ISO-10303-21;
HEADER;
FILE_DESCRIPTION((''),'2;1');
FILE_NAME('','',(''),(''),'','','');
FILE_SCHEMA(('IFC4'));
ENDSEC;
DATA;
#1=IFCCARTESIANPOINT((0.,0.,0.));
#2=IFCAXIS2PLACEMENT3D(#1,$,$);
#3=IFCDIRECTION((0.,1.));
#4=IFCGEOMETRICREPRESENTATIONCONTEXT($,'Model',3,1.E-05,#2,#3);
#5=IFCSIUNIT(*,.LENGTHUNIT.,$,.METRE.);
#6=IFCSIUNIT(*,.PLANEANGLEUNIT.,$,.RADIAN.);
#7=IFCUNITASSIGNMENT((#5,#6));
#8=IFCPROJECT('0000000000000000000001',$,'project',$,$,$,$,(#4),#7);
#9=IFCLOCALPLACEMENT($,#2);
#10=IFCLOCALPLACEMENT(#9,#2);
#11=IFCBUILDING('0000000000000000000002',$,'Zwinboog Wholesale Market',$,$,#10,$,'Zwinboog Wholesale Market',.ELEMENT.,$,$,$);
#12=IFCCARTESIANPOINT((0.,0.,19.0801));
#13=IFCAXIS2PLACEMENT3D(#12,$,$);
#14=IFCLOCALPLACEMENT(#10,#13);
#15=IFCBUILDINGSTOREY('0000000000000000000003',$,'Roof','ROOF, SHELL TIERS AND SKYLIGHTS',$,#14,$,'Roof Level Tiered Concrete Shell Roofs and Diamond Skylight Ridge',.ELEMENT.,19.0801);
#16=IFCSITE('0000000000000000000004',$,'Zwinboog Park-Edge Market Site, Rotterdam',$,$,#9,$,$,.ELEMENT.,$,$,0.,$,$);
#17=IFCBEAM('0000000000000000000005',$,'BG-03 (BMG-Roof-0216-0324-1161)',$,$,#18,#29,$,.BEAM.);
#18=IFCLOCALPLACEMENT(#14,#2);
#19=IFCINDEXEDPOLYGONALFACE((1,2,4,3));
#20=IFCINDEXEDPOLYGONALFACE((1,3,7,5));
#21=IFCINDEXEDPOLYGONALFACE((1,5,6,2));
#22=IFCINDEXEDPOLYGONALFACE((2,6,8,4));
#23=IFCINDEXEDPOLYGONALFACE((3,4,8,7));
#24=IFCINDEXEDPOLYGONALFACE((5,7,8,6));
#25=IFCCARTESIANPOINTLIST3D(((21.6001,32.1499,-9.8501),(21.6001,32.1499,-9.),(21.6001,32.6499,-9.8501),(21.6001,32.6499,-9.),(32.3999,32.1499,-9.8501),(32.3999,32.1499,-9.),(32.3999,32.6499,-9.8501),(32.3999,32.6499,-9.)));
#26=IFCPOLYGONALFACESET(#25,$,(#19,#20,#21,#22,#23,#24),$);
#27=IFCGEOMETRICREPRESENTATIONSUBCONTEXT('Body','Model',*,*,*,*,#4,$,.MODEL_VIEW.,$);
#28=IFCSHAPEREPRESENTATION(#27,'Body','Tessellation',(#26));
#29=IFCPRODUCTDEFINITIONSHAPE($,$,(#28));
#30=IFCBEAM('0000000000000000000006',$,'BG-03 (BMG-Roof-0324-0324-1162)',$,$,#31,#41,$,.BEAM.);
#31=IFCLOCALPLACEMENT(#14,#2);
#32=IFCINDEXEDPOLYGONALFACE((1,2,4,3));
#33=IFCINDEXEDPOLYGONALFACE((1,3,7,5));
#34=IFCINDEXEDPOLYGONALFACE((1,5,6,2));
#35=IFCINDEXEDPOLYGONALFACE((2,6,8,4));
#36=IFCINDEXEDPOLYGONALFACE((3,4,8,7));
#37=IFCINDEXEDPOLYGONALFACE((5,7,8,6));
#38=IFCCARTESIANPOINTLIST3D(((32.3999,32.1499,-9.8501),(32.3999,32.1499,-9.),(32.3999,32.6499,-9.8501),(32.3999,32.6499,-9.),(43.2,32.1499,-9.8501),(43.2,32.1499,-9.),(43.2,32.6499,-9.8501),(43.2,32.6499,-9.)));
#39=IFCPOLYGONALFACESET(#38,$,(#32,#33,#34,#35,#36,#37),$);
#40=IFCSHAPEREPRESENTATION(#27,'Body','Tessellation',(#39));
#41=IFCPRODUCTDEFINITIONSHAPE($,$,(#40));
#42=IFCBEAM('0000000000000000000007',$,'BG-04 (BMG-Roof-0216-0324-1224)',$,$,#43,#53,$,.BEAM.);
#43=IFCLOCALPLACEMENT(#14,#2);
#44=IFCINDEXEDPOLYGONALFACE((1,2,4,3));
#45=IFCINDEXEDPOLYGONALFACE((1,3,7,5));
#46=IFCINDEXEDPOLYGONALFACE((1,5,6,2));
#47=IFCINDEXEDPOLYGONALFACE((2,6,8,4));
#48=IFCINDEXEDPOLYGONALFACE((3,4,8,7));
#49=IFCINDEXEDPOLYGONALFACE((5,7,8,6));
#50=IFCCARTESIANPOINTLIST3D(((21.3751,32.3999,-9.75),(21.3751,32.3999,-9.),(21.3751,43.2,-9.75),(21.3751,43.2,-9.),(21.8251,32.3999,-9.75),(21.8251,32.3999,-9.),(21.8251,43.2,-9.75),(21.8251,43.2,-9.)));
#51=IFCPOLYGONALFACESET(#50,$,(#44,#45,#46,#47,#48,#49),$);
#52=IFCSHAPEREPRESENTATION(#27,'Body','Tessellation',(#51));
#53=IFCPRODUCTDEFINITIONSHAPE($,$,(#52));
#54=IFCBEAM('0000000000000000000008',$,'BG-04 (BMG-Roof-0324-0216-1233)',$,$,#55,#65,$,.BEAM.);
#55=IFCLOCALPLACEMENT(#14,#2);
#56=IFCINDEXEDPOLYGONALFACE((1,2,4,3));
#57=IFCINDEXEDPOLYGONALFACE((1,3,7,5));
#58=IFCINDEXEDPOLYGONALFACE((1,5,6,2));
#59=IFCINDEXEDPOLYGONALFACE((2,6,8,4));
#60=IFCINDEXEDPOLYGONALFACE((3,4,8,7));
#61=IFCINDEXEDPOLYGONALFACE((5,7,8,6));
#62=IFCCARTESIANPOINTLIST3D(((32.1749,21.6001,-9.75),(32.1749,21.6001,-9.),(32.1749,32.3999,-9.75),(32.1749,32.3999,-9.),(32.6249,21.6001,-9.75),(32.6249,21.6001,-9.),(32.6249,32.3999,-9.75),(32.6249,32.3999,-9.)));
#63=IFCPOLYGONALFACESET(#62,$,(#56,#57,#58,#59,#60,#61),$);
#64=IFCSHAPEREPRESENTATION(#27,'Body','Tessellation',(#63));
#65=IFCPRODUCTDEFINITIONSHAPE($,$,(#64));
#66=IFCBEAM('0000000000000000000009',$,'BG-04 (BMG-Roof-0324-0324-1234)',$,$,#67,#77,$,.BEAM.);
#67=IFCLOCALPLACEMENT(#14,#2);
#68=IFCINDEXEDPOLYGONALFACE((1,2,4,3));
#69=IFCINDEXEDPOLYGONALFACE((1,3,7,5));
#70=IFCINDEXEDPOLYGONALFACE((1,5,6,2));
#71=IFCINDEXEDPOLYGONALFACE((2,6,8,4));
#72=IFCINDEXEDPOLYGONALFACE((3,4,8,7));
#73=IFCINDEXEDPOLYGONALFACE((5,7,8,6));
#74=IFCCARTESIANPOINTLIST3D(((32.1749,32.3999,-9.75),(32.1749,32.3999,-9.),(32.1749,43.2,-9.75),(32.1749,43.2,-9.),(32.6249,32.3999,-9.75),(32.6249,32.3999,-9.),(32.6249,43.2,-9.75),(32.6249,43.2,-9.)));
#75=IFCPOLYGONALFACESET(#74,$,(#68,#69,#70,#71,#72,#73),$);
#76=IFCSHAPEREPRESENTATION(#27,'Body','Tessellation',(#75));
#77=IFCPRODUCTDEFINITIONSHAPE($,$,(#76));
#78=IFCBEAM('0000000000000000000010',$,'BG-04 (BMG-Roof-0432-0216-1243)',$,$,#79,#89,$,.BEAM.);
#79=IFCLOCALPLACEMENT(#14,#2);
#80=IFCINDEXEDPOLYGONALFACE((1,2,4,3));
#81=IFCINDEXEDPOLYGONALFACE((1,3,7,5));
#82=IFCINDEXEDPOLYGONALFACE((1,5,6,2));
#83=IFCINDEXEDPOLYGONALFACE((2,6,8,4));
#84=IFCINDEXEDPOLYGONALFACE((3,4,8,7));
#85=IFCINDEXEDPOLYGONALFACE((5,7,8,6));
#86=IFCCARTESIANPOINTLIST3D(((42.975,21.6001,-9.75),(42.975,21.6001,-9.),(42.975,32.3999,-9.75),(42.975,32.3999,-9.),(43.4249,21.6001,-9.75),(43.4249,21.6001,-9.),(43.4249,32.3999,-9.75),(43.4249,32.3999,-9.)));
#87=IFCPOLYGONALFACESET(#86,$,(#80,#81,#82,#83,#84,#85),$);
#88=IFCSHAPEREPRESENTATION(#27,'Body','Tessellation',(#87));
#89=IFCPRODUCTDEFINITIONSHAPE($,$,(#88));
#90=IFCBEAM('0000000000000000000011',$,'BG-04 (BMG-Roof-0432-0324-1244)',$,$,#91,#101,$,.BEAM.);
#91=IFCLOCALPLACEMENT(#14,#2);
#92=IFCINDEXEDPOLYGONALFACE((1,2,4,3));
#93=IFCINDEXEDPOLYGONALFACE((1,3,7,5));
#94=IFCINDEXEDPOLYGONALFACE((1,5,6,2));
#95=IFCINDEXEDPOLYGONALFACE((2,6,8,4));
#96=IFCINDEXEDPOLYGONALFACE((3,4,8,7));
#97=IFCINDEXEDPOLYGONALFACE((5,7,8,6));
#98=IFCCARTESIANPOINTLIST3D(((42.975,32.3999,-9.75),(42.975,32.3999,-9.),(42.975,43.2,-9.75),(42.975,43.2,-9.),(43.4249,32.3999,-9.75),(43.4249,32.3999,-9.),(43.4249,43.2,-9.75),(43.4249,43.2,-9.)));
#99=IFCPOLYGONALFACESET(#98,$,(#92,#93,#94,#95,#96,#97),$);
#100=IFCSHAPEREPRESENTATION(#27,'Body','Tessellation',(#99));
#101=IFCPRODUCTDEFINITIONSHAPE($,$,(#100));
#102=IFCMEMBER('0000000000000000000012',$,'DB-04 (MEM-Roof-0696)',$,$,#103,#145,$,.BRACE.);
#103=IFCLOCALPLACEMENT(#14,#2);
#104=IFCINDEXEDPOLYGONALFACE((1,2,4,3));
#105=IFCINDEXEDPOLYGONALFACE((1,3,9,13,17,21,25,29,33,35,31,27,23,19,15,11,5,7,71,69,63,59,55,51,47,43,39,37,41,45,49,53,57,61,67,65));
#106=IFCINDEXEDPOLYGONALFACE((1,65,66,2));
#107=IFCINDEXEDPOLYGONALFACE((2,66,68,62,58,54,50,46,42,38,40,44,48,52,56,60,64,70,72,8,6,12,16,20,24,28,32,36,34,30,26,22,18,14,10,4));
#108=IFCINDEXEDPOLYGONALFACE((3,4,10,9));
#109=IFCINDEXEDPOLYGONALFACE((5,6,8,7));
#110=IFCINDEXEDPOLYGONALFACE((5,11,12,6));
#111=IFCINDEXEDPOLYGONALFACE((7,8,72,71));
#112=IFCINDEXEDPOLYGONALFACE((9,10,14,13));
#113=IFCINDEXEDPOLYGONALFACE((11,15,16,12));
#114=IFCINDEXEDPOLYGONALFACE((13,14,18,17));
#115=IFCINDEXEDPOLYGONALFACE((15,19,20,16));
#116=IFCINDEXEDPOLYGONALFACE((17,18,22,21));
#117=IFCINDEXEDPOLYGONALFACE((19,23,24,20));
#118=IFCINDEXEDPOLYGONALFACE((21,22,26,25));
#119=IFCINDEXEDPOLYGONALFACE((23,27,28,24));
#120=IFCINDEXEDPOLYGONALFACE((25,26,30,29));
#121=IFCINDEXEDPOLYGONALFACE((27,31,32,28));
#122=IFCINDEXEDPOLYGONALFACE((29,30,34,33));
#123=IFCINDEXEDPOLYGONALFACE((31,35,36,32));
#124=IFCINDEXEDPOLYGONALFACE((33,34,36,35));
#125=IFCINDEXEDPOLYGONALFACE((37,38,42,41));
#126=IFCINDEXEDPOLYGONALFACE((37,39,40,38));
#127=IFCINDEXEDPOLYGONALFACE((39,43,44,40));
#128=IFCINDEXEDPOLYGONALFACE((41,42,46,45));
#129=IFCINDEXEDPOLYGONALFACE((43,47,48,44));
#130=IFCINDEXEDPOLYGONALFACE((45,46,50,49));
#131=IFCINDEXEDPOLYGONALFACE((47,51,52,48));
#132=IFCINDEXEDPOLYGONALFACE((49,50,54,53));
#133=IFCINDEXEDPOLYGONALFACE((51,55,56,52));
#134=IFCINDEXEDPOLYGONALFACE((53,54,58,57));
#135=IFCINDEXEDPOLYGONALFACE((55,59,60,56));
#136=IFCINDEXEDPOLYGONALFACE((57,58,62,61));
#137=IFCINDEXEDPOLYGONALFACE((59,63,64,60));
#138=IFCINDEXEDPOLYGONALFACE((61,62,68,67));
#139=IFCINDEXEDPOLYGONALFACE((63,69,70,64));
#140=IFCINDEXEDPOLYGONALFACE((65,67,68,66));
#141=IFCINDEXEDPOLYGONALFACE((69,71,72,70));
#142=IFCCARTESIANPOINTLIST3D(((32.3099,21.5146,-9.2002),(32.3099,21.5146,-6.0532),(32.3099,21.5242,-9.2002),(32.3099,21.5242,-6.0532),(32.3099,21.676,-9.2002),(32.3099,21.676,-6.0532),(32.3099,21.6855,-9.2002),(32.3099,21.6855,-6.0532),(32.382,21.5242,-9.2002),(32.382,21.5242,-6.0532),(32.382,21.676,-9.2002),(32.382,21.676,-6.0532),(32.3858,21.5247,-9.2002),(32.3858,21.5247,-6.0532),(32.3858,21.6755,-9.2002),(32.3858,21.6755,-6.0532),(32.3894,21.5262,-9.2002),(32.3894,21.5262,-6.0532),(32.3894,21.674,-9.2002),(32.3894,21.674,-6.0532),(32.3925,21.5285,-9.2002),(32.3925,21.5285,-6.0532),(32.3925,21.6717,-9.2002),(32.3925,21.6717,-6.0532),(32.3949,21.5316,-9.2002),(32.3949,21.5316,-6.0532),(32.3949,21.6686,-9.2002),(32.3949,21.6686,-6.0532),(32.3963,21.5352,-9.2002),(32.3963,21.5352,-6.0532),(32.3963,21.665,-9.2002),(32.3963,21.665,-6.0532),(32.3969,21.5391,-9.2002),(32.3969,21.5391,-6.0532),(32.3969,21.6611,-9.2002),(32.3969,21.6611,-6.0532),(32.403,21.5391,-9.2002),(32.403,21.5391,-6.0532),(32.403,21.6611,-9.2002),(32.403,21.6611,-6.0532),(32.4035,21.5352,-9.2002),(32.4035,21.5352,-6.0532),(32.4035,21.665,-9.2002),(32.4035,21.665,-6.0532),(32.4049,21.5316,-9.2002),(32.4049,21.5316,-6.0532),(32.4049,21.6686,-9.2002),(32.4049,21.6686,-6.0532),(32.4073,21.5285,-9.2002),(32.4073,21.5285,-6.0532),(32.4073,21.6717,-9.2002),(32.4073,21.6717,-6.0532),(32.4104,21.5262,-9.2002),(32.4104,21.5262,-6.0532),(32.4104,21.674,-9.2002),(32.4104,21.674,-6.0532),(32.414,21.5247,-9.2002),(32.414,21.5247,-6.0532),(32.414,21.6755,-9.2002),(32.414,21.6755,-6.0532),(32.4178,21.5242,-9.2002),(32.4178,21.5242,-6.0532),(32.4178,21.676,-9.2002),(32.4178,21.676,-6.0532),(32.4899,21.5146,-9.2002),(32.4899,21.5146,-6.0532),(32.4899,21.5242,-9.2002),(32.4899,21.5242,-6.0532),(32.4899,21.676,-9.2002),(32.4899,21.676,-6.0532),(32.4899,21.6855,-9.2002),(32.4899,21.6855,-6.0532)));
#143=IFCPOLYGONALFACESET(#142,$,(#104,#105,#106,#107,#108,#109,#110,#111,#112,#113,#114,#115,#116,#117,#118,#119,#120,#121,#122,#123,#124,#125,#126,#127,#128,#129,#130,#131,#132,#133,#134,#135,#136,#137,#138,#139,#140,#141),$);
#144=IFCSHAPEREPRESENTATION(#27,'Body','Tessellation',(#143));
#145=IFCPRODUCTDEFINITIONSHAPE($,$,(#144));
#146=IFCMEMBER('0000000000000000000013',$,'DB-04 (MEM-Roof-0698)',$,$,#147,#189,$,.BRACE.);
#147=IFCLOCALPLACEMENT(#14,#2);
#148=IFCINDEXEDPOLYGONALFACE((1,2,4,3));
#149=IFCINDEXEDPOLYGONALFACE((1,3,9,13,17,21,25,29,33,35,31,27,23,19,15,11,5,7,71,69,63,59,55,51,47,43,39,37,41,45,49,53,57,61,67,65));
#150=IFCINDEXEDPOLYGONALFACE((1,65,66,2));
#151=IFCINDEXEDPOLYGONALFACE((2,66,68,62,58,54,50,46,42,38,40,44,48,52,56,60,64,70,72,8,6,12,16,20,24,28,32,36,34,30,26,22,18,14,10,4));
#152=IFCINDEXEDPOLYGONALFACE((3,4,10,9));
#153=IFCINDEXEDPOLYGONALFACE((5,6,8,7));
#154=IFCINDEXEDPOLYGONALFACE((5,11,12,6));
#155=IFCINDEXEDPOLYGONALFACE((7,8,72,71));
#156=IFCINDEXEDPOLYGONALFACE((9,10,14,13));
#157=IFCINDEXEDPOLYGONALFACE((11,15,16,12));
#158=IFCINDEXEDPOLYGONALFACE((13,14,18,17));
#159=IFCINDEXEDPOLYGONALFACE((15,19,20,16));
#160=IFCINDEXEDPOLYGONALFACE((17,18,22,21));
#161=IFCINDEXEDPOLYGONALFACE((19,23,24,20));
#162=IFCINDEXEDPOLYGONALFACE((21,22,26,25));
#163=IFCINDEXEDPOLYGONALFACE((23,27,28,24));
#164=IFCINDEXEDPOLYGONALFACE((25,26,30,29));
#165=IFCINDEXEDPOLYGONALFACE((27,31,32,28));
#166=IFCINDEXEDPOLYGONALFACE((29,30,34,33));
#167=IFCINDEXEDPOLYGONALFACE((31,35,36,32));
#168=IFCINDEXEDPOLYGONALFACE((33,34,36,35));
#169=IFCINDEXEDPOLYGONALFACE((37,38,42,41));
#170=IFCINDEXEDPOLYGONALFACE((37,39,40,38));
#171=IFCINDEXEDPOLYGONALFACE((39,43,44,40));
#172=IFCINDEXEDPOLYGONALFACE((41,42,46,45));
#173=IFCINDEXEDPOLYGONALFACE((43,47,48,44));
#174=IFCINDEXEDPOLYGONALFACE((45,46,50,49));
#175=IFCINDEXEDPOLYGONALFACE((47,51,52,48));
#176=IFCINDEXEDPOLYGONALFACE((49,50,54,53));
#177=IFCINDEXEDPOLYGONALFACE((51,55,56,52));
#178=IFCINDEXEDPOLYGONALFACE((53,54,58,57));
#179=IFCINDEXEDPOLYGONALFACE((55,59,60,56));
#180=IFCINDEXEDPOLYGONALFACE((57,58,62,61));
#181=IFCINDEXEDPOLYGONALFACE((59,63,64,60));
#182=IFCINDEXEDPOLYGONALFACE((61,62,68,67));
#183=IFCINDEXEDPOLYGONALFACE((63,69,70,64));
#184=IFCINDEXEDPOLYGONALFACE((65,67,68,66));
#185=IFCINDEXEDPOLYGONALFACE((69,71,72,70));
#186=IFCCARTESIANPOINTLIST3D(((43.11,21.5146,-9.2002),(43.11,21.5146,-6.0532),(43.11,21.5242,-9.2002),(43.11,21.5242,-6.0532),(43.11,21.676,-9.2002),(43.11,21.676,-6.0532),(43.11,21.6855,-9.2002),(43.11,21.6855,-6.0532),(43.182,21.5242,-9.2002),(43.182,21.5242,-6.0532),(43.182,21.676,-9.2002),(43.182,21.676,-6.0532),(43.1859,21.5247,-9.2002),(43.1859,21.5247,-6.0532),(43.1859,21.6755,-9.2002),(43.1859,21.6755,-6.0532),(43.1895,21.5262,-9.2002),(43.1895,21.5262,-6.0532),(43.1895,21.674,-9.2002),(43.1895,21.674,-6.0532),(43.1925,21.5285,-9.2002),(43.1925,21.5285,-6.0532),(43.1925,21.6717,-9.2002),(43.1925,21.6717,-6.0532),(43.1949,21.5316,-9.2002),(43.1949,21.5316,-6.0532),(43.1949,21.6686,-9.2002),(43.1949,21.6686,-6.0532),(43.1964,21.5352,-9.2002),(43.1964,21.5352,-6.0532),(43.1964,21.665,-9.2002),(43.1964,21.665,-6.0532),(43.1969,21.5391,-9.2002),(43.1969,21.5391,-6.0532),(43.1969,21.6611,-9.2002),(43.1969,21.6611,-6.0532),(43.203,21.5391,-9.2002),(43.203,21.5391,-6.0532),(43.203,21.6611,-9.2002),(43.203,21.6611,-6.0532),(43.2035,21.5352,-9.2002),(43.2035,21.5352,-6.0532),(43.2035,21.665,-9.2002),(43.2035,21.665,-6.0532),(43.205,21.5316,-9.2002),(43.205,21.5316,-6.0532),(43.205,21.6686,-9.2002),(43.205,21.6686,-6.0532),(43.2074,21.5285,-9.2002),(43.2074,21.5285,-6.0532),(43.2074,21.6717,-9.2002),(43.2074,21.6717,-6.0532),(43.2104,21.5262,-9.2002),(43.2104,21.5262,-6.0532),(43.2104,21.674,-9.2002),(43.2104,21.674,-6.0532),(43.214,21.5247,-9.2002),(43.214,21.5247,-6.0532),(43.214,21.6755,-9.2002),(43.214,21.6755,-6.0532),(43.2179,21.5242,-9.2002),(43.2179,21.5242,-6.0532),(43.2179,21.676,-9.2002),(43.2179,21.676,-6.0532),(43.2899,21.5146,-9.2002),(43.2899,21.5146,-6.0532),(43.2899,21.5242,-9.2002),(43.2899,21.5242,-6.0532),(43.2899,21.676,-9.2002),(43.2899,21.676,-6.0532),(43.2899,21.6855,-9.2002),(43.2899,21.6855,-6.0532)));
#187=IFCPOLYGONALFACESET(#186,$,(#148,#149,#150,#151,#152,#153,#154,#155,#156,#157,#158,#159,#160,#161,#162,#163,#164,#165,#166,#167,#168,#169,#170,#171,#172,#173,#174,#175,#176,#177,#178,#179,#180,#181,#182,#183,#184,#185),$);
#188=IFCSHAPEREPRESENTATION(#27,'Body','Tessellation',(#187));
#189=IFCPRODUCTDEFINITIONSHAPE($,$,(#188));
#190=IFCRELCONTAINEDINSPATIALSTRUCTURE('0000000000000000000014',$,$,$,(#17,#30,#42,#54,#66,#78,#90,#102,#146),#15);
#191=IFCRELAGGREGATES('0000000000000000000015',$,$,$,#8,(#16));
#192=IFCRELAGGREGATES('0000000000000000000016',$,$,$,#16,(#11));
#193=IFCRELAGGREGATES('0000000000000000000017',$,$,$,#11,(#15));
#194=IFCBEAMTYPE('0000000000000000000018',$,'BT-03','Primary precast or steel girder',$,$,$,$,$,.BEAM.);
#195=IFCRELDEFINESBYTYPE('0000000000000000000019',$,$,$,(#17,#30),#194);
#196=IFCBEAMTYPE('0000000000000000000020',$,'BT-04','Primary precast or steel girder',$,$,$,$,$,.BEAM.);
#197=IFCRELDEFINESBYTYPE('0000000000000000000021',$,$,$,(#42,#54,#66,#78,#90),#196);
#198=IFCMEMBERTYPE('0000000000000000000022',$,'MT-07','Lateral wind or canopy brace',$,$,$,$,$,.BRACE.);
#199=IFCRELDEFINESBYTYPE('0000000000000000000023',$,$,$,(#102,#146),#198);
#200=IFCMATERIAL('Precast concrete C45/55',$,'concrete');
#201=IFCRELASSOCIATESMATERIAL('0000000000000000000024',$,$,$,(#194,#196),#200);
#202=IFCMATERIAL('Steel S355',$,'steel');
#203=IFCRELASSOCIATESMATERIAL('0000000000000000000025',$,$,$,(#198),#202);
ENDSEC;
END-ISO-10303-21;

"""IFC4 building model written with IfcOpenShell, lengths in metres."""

from ifc_helpers import new_model, si_unit, direction, frame, origin, origin_2d, place, context, subcontext, project, spatial, rectangle, i_section, extrude, material, material_profile, profile_set, type_object, element, save


model = new_model("IFC4")

# Units and contexts
model_context = context("Model", 3, precision=1e-05, world=origin(), true_north=direction((0.0, 1.0)))
body_context = subcontext(model_context, "Body", "Model", "MODEL_VIEW")
ifc_project = project(units=[si_unit("LENGTHUNIT", "METRE"), si_unit("PLANEANGLEUNIT", "RADIAN")], contexts=[model_context])

# Site, building, storey
site_placement = place(None, origin())
site = spatial("IfcSite", under=ifc_project, at=site_placement, Name="Zwinboog Park-Edge Market Site, Rotterdam", CompositionType="ELEMENT", RefElevation=0.0)
building_placement = place(site_placement, origin())
building = spatial("IfcBuilding", under=site, at=building_placement, Name="Zwinboog Wholesale Market", LongName="Zwinboog Wholesale Market", CompositionType="ELEMENT")
storey_placement = place(building_placement, frame((0.0, 0.0, 19.0801)))
storey = spatial("IfcBuildingStorey", under=building, at=storey_placement, Name="Roof", Description="ROOF, SHELL TIERS AND SKYLIGHTS", LongName="Roof Level Tiered Concrete Shell Roofs and Diamond Skylight Ridge", CompositionType="ELEMENT", Elevation=19.0801)

# Beams
ifc_material_1 = material(Name="Precast concrete C45/55", Category="concrete")
ifc_material_profile_1 = material_profile(ifc_material_1, rectangle(XDim=0.5, YDim=0.8501, at=origin_2d()), Name="PC 500x850")
ifc_profile_set_1 = profile_set([ifc_material_profile_1], Name="Precast concrete C45/55")
beam_type_1 = type_object("IfcBeamType", Name="BT-03", Description="Primary precast or steel girder", PredefinedType="BEAM", material=ifc_profile_set_1)
beam_1_placement = place(storey_placement, frame((21.6001, 32.3999, -9.425), z_axis=(1.0, 0.0, 0.0), x_axis=(0.0, 1.0, 0.0)))
element("IfcBeam", 1, at=beam_1_placement, inside=storey, type_object=beam_type_1, Name="BG-03 (BMG-Roof-0216-0324-1161)", PredefinedType="BEAM", context=body_context, shape_type="SweptSolid", body=[
    extrude(rectangle(XDim=0.5, YDim=0.8501, at=origin_2d()), origin(), (0.0, 0.0, 1.0), 10.7998),
])
beam_2_placement = place(storey_placement, frame((32.3999, 32.3999, -9.425), z_axis=(1.0, 0.0, 0.0), x_axis=(0.0, 1.0, 0.0)))
element("IfcBeam", 2, at=beam_2_placement, inside=storey, type_object=beam_type_1, Name="BG-03 (BMG-Roof-0324-0324-1162)", PredefinedType="BEAM", context=body_context, shape_type="SweptSolid", body=[
    extrude(rectangle(XDim=0.5, YDim=0.8501, at=origin_2d()), origin(), (0.0, 0.0, 1.0), 10.8),
])
ifc_material_profile_2 = material_profile(ifc_material_1, rectangle(XDim=0.45, YDim=0.75, at=origin_2d()), Name="PC 450x750")
ifc_profile_set_2 = profile_set([ifc_material_profile_2], Name="Precast concrete C45/55")
beam_type_2 = type_object("IfcBeamType", Name="BT-04", Description="Primary precast or steel girder", PredefinedType="BEAM", material=ifc_profile_set_2)
beam_3_placement = place(storey_placement, frame((21.6001, 32.3999, -9.375), z_axis=(0.0, 1.0, 0.0), x_axis=(-1.0, 0.0, 0.0)))
element("IfcBeam", 3, at=beam_3_placement, inside=storey, type_object=beam_type_2, Name="BG-04 (BMG-Roof-0216-0324-1224)", PredefinedType="BEAM", context=body_context, shape_type="SweptSolid", body=[
    extrude(rectangle(XDim=0.45, YDim=0.75, at=origin_2d()), origin(), (0.0, 0.0, 1.0), 10.8),
])
beam_4_placement = place(storey_placement, frame((32.3999, 21.6001, -9.375), z_axis=(0.0, 1.0, 0.0), x_axis=(-1.0, 0.0, 0.0)))
element("IfcBeam", 4, at=beam_4_placement, inside=storey, type_object=beam_type_2, Name="BG-04 (BMG-Roof-0324-0216-1233)", PredefinedType="BEAM", context=body_context, shape_type="SweptSolid", body=[
    extrude(rectangle(XDim=0.45, YDim=0.75, at=origin_2d()), origin(), (0.0, 0.0, 1.0), 10.7998),
])
beam_5_placement = place(storey_placement, frame((32.3999, 32.3999, -9.375), z_axis=(0.0, 1.0, 0.0), x_axis=(-1.0, 0.0, 0.0)))
element("IfcBeam", 5, at=beam_5_placement, inside=storey, type_object=beam_type_2, Name="BG-04 (BMG-Roof-0324-0324-1234)", PredefinedType="BEAM", context=body_context, shape_type="SweptSolid", body=[
    extrude(rectangle(XDim=0.45, YDim=0.75, at=origin_2d()), origin(), (0.0, 0.0, 1.0), 10.8),
])
beam_6_placement = place(storey_placement, frame((43.2, 21.6001, -9.375), z_axis=(0.0, 1.0, 0.0), x_axis=(-1.0, 0.0, 0.0)))
element("IfcBeam", 6, at=beam_6_placement, inside=storey, type_object=beam_type_2, Name="BG-04 (BMG-Roof-0432-0216-1243)", PredefinedType="BEAM", context=body_context, shape_type="SweptSolid", body=[
    extrude(rectangle(XDim=0.45, YDim=0.75, at=origin_2d()), origin(), (0.0, 0.0, 1.0), 10.7998),
])
beam_7_placement = place(storey_placement, frame((43.2, 32.3999, -9.375), z_axis=(0.0, 1.0, 0.0), x_axis=(-1.0, 0.0, 0.0)))
element("IfcBeam", 7, at=beam_7_placement, inside=storey, type_object=beam_type_2, Name="BG-04 (BMG-Roof-0432-0324-1244)", PredefinedType="BEAM", context=body_context, shape_type="SweptSolid", body=[
    extrude(rectangle(XDim=0.45, YDim=0.75, at=origin_2d()), origin(), (0.0, 0.0, 1.0), 10.8),
])

# Members
ifc_material_2 = material(Name="Steel S355", Category="steel")
ifc_material_profile_3 = material_profile(ifc_material_2, i_section(OverallWidth=0.1799, OverallDepth=0.1709, WebThickness=0.0061, FlangeThickness=0.0095, FilletRadius=0.0149, at=origin_2d()), Name="HEA 180")
ifc_profile_set_3 = profile_set([ifc_material_profile_3], Name="Steel S355")
member_type_1 = type_object("IfcMemberType", Name="MT-07", Description="Lateral wind or canopy brace", PredefinedType="BRACE", material=ifc_profile_set_3)
for number, where, z_axis, x_axis, name in (
    (8, (32.3999, 21.6001, -9.2002), (0.0, 0.0, 1.0), (1.0, 0.0, 0.0), "DB-04 (MEM-Roof-0696)"),
    (9, (43.2, 21.6001, -9.2002), (0.0, 0.0, 1.0), (1.0, 0.0, 0.0), "DB-04 (MEM-Roof-0698)"),
):
    element("IfcMember", number, at=place(storey_placement, frame(where, z_axis=z_axis, x_axis=x_axis)), inside=storey, type_object=member_type_1, Name=name, PredefinedType="BRACE", context=body_context, shape_type="SweptSolid", body=[
        extrude(i_section(OverallWidth=0.1799, OverallDepth=0.1709, WebThickness=0.0061, FlangeThickness=0.0095, FilletRadius=0.0149, at=origin_2d()), origin(), (0.0, 0.0, 1.0), 3.147),
    ])

save(model, "model.ifc")
